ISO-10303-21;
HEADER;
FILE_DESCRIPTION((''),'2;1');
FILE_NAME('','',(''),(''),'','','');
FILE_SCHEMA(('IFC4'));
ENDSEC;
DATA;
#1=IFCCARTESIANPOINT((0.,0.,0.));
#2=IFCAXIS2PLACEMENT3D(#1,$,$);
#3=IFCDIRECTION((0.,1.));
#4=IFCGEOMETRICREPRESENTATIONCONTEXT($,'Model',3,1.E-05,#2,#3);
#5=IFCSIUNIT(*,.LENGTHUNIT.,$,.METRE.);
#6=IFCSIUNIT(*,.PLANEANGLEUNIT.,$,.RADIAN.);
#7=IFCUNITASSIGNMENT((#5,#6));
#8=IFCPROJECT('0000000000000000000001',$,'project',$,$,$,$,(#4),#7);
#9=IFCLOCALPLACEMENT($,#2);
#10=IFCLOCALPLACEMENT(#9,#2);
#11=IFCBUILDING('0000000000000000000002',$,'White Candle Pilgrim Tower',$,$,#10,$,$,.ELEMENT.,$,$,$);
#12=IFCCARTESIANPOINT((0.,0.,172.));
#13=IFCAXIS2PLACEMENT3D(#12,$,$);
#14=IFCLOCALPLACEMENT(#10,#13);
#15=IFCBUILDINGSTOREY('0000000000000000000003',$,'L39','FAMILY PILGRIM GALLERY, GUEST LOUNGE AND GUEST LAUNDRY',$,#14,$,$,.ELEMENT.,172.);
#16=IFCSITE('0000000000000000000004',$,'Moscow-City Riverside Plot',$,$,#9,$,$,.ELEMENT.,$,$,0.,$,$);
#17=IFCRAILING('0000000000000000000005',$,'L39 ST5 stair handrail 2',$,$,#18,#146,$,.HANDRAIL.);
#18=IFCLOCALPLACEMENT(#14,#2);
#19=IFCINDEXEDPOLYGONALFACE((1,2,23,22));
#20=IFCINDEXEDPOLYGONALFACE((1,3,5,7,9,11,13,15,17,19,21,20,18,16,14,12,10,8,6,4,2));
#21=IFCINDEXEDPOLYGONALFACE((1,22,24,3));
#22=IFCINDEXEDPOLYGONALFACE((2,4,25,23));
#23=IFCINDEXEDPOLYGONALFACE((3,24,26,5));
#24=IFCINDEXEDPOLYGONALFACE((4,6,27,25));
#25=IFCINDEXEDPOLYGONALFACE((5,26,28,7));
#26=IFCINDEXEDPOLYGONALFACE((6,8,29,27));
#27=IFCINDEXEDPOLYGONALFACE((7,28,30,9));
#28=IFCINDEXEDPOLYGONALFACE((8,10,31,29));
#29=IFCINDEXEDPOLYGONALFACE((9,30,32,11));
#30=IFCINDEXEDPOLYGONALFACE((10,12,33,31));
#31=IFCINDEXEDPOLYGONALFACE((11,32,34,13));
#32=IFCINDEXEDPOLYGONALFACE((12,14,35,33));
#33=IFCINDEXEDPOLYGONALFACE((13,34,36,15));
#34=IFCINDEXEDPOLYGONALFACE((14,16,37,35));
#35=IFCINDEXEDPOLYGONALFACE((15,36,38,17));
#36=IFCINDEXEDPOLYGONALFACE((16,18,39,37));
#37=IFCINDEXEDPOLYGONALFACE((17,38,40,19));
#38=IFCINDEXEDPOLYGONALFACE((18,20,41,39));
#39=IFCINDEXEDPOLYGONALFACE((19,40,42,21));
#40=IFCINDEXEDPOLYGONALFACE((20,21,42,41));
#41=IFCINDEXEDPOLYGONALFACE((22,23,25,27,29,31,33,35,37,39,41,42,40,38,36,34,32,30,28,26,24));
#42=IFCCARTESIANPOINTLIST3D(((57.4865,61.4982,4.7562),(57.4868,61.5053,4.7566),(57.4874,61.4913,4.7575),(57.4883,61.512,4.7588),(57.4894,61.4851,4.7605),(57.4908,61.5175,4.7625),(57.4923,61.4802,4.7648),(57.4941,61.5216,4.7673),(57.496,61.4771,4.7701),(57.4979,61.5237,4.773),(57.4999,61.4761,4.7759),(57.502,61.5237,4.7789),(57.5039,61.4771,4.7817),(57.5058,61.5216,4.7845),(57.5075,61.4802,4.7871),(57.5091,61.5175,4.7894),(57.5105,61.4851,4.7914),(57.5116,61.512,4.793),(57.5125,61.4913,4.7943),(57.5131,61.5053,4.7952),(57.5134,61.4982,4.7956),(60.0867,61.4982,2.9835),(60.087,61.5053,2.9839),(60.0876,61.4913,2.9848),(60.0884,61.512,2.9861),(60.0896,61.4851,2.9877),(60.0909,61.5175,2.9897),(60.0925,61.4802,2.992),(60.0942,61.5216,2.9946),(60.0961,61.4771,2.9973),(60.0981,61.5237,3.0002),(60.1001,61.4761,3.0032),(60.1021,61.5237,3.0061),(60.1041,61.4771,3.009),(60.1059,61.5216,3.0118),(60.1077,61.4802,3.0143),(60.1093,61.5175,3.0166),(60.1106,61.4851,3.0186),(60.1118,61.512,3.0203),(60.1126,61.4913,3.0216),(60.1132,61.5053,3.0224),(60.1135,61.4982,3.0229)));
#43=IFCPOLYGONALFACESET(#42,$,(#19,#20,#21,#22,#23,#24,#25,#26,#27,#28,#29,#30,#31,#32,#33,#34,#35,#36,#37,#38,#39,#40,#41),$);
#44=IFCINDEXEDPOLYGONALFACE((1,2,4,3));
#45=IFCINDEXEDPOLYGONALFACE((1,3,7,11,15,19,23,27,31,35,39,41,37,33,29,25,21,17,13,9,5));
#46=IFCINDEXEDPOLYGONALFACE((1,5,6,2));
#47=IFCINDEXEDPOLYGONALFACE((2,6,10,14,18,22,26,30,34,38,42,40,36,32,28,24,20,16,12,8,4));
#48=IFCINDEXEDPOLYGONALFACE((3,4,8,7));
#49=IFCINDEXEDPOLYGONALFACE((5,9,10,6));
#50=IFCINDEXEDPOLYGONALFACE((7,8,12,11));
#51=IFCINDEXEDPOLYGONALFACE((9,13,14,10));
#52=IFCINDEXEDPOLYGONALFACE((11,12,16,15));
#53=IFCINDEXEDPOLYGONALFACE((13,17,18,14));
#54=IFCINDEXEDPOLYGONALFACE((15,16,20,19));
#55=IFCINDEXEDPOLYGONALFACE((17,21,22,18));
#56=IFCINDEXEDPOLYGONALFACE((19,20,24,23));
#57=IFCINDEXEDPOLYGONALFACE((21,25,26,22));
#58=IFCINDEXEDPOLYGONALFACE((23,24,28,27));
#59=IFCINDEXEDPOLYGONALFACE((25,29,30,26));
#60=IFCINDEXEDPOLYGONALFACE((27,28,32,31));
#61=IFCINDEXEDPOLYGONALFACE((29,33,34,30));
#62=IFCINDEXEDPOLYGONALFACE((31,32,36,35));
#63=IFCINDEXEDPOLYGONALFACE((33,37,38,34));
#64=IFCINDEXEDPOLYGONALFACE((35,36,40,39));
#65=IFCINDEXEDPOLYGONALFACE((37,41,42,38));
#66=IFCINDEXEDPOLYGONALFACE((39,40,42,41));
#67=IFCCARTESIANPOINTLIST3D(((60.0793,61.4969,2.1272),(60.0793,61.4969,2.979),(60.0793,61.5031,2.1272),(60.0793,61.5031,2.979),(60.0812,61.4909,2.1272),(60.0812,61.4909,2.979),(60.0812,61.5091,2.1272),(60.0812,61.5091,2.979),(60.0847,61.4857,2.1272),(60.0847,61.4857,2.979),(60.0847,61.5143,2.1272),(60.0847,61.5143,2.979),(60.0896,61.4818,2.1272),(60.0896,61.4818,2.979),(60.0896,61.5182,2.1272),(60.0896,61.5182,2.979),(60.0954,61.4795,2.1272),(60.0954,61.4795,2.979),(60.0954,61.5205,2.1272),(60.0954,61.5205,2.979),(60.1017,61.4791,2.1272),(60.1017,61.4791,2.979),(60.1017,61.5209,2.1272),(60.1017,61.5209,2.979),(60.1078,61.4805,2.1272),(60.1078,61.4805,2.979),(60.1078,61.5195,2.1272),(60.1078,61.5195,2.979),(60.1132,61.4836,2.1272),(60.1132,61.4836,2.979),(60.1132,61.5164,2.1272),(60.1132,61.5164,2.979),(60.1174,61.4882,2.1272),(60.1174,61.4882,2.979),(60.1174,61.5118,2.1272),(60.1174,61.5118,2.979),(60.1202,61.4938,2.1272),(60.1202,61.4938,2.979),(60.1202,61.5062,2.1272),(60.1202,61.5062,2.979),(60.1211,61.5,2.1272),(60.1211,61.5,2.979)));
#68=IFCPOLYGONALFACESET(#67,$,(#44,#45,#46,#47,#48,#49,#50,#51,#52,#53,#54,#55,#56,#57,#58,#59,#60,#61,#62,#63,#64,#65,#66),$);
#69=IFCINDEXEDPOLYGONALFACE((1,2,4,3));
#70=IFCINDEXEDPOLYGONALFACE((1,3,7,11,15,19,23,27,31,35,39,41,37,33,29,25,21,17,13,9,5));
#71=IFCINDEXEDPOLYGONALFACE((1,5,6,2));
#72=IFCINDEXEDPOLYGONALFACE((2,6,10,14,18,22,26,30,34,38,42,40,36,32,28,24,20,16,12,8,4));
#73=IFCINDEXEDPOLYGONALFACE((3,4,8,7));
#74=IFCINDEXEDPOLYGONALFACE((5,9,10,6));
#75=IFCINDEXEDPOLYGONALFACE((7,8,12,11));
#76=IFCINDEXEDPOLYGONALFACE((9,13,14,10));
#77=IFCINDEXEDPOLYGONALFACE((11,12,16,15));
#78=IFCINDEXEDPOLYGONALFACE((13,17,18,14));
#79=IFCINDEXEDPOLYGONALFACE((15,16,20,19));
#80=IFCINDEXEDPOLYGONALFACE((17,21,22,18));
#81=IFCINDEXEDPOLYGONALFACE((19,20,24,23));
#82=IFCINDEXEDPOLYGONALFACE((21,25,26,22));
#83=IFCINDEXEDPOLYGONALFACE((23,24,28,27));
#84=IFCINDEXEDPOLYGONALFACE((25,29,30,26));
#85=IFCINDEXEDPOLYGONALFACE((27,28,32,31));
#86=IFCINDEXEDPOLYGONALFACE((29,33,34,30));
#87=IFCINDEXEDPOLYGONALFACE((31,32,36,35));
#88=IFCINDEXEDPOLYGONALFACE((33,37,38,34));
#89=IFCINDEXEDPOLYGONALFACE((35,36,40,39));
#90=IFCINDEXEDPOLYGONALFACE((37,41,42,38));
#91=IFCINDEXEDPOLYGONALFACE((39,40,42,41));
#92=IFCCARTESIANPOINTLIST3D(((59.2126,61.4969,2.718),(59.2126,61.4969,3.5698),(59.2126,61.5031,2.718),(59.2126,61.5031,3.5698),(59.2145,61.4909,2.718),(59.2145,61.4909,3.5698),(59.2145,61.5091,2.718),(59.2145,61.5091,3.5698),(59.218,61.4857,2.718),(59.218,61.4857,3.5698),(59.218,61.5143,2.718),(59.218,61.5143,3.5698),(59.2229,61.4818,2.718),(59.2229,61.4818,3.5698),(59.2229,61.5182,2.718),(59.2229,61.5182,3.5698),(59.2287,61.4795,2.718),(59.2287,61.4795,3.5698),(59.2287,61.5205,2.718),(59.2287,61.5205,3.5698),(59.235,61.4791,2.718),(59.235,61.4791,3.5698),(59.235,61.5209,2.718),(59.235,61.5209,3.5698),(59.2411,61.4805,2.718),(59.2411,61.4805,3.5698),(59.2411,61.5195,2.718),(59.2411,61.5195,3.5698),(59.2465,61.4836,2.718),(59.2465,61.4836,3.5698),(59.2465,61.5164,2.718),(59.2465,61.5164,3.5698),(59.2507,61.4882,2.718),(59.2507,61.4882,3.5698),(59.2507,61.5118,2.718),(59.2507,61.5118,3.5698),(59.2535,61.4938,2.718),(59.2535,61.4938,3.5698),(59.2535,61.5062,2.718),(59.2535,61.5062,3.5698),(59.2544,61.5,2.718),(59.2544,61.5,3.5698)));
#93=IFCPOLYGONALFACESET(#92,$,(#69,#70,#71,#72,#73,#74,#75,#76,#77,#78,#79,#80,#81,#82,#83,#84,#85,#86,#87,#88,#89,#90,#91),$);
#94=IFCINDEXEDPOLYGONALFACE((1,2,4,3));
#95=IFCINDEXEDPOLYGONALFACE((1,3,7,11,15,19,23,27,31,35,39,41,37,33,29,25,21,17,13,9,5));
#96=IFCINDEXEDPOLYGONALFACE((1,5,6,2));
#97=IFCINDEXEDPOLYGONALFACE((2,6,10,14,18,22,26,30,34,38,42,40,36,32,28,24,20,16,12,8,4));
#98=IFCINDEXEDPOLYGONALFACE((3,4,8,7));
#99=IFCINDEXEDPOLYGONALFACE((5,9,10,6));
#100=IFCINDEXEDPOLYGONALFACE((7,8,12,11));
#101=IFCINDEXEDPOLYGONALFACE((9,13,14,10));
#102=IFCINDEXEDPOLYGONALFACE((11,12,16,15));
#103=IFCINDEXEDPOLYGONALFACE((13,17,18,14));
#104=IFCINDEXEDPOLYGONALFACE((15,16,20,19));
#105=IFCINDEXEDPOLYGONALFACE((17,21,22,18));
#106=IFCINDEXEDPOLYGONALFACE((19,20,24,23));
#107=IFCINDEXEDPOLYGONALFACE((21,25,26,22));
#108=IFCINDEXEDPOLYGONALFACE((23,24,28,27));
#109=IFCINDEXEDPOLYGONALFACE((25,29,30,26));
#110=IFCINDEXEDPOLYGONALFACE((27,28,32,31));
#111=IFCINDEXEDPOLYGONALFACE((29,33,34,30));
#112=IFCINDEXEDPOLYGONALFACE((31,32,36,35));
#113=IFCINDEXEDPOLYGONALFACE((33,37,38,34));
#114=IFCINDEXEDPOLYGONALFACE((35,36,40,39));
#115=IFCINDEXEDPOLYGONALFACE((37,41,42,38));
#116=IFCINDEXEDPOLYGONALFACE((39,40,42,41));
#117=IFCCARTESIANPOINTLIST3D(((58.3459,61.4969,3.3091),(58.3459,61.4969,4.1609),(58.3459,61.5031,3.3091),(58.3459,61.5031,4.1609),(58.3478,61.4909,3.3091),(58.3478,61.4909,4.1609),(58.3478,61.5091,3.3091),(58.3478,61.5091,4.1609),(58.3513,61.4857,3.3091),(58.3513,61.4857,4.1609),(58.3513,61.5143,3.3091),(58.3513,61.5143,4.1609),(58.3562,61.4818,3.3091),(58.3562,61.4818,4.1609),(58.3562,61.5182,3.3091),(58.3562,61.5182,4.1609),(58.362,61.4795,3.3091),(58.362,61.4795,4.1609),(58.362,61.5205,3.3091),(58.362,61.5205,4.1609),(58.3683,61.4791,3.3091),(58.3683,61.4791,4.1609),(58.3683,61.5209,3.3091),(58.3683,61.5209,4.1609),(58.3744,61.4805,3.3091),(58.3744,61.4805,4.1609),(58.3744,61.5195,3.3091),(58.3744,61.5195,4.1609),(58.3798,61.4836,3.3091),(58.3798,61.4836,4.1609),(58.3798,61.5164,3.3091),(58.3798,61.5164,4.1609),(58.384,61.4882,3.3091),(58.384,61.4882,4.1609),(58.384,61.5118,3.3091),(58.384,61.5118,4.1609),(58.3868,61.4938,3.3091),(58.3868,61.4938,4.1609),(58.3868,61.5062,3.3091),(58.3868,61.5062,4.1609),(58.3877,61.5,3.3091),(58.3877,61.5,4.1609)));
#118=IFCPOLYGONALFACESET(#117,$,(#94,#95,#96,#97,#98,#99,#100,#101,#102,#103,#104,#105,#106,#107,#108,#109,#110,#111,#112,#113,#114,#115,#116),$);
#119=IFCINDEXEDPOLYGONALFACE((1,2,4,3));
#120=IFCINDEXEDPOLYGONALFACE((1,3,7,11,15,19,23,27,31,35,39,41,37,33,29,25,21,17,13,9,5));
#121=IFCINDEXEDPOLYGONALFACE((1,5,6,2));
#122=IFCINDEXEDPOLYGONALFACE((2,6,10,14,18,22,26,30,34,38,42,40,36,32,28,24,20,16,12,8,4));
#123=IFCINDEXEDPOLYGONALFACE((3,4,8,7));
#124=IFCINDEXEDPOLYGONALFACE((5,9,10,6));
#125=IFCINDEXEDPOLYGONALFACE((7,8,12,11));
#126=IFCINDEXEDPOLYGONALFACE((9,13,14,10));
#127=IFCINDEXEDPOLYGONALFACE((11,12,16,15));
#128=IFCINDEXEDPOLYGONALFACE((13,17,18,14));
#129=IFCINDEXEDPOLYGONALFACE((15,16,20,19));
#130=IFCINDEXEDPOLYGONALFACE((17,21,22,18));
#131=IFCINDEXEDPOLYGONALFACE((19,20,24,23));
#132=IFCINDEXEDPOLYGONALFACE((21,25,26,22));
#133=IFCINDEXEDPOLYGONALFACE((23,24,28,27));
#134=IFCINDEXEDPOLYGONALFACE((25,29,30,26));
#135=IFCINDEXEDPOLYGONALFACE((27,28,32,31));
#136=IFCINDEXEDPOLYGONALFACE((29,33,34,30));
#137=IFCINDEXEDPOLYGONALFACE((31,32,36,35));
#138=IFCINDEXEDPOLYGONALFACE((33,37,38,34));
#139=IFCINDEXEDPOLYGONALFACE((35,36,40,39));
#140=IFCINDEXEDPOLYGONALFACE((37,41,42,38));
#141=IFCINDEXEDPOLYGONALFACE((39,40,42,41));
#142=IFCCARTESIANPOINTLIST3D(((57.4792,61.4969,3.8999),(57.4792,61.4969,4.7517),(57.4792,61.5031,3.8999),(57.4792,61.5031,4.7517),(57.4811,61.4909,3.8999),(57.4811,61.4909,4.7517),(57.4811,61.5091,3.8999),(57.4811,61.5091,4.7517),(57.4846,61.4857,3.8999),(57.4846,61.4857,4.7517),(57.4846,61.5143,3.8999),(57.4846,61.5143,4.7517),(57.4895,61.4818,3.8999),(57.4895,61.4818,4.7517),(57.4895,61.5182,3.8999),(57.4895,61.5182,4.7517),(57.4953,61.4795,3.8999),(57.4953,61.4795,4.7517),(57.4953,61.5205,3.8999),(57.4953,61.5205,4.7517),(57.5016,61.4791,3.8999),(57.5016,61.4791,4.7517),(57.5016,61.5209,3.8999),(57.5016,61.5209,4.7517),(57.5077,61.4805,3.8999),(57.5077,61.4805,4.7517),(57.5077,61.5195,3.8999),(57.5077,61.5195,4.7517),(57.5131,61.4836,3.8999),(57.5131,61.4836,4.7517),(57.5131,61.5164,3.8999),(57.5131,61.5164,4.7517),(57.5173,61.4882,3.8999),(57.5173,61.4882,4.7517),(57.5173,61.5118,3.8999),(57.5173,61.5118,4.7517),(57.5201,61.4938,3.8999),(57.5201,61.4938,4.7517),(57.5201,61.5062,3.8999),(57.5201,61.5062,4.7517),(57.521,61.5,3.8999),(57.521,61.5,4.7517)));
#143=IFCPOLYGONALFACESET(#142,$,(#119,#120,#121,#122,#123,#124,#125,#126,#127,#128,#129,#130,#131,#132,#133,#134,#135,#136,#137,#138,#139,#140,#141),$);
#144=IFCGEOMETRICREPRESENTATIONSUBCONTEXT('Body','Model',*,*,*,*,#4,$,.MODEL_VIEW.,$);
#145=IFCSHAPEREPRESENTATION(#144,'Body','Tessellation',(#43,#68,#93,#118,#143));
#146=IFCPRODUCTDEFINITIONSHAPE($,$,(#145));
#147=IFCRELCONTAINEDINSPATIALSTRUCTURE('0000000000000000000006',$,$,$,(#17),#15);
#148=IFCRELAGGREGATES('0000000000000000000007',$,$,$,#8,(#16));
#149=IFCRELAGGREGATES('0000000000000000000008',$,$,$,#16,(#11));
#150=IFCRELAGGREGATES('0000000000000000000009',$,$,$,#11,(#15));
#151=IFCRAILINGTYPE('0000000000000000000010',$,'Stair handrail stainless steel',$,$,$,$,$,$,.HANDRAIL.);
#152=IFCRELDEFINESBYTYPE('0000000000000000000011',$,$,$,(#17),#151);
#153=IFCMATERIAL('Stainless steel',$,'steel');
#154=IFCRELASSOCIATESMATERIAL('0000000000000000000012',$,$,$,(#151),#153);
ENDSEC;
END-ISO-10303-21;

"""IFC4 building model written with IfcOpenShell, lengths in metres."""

from ifc_helpers import new_model, si_unit, direction, frame, origin, origin_2d, place, context, subcontext, project, spatial, circle, extrude, material, type_object, element, save


model = new_model("IFC4")

# Units and contexts
model_context = context("Model", 3, precision=1e-05, world=origin(), true_north=direction((0.0, 1.0)))
body_context = subcontext(model_context, "Body", "Model", "MODEL_VIEW")
ifc_project = project(units=[si_unit("LENGTHUNIT", "METRE"), si_unit("PLANEANGLEUNIT", "RADIAN")], contexts=[model_context])

# Site, building, storey
site_placement = place(None, origin())
site = spatial("IfcSite", under=ifc_project, at=site_placement, Name="Moscow-City Riverside Plot", CompositionType="ELEMENT", RefElevation=0.0)
building_placement = place(site_placement, origin())
building = spatial("IfcBuilding", under=site, at=building_placement, Name="White Candle Pilgrim Tower", CompositionType="ELEMENT")
storey_placement = place(building_placement, frame((0.0, 0.0, 172.0)))
storey = spatial("IfcBuildingStorey", under=building, at=storey_placement, Name="L39", Description="FAMILY PILGRIM GALLERY, GUEST LOUNGE AND GUEST LAUNDRY", CompositionType="ELEMENT", Elevation=172.0)

# Railing
ifc_material_1 = material(Name="Stainless steel", Category="steel")
railing_type_1 = type_object("IfcRailingType", Name="Stair handrail stainless steel", PredefinedType="HANDRAIL", material=ifc_material_1)
railing_1_placement = place(storey_placement, frame((60.1001, 61.5, 2.1272)))
element("IfcRailing", 1, at=railing_1_placement, inside=storey, type_object=railing_type_1, Name="L39 ST5 stair handrail 2", PredefinedType="HANDRAIL", context=body_context, shape_type="SweptSolid", body=[
    extrude(circle(Radius=0.0239, at=origin_2d()), frame((0.0, 0.0, 0.876), z_axis=(-0.82624, 0.0, 0.563318), x_axis=(0.0, -1.0, 0.0)), (0.0, 0.0, 1.0), 3.147),
    extrude(circle(Radius=0.021, at=origin_2d()), origin(), (0.0, 0.0, 1.0), 0.8518),
    extrude(circle(Radius=0.021, at=origin_2d()), frame((-0.8667, 0.0, 0.5908)), (0.0, 0.0, 1.0), 0.8518),
    extrude(circle(Radius=0.021, at=origin_2d()), frame((-1.7334, 0.0, 1.1819)), (0.0, 0.0, 1.0), 0.8518),
    extrude(circle(Radius=0.021, at=origin_2d()), frame((-2.6001, 0.0, 1.7727)), (0.0, 0.0, 1.0), 0.8518),
])

save(model, "model.ifc")
